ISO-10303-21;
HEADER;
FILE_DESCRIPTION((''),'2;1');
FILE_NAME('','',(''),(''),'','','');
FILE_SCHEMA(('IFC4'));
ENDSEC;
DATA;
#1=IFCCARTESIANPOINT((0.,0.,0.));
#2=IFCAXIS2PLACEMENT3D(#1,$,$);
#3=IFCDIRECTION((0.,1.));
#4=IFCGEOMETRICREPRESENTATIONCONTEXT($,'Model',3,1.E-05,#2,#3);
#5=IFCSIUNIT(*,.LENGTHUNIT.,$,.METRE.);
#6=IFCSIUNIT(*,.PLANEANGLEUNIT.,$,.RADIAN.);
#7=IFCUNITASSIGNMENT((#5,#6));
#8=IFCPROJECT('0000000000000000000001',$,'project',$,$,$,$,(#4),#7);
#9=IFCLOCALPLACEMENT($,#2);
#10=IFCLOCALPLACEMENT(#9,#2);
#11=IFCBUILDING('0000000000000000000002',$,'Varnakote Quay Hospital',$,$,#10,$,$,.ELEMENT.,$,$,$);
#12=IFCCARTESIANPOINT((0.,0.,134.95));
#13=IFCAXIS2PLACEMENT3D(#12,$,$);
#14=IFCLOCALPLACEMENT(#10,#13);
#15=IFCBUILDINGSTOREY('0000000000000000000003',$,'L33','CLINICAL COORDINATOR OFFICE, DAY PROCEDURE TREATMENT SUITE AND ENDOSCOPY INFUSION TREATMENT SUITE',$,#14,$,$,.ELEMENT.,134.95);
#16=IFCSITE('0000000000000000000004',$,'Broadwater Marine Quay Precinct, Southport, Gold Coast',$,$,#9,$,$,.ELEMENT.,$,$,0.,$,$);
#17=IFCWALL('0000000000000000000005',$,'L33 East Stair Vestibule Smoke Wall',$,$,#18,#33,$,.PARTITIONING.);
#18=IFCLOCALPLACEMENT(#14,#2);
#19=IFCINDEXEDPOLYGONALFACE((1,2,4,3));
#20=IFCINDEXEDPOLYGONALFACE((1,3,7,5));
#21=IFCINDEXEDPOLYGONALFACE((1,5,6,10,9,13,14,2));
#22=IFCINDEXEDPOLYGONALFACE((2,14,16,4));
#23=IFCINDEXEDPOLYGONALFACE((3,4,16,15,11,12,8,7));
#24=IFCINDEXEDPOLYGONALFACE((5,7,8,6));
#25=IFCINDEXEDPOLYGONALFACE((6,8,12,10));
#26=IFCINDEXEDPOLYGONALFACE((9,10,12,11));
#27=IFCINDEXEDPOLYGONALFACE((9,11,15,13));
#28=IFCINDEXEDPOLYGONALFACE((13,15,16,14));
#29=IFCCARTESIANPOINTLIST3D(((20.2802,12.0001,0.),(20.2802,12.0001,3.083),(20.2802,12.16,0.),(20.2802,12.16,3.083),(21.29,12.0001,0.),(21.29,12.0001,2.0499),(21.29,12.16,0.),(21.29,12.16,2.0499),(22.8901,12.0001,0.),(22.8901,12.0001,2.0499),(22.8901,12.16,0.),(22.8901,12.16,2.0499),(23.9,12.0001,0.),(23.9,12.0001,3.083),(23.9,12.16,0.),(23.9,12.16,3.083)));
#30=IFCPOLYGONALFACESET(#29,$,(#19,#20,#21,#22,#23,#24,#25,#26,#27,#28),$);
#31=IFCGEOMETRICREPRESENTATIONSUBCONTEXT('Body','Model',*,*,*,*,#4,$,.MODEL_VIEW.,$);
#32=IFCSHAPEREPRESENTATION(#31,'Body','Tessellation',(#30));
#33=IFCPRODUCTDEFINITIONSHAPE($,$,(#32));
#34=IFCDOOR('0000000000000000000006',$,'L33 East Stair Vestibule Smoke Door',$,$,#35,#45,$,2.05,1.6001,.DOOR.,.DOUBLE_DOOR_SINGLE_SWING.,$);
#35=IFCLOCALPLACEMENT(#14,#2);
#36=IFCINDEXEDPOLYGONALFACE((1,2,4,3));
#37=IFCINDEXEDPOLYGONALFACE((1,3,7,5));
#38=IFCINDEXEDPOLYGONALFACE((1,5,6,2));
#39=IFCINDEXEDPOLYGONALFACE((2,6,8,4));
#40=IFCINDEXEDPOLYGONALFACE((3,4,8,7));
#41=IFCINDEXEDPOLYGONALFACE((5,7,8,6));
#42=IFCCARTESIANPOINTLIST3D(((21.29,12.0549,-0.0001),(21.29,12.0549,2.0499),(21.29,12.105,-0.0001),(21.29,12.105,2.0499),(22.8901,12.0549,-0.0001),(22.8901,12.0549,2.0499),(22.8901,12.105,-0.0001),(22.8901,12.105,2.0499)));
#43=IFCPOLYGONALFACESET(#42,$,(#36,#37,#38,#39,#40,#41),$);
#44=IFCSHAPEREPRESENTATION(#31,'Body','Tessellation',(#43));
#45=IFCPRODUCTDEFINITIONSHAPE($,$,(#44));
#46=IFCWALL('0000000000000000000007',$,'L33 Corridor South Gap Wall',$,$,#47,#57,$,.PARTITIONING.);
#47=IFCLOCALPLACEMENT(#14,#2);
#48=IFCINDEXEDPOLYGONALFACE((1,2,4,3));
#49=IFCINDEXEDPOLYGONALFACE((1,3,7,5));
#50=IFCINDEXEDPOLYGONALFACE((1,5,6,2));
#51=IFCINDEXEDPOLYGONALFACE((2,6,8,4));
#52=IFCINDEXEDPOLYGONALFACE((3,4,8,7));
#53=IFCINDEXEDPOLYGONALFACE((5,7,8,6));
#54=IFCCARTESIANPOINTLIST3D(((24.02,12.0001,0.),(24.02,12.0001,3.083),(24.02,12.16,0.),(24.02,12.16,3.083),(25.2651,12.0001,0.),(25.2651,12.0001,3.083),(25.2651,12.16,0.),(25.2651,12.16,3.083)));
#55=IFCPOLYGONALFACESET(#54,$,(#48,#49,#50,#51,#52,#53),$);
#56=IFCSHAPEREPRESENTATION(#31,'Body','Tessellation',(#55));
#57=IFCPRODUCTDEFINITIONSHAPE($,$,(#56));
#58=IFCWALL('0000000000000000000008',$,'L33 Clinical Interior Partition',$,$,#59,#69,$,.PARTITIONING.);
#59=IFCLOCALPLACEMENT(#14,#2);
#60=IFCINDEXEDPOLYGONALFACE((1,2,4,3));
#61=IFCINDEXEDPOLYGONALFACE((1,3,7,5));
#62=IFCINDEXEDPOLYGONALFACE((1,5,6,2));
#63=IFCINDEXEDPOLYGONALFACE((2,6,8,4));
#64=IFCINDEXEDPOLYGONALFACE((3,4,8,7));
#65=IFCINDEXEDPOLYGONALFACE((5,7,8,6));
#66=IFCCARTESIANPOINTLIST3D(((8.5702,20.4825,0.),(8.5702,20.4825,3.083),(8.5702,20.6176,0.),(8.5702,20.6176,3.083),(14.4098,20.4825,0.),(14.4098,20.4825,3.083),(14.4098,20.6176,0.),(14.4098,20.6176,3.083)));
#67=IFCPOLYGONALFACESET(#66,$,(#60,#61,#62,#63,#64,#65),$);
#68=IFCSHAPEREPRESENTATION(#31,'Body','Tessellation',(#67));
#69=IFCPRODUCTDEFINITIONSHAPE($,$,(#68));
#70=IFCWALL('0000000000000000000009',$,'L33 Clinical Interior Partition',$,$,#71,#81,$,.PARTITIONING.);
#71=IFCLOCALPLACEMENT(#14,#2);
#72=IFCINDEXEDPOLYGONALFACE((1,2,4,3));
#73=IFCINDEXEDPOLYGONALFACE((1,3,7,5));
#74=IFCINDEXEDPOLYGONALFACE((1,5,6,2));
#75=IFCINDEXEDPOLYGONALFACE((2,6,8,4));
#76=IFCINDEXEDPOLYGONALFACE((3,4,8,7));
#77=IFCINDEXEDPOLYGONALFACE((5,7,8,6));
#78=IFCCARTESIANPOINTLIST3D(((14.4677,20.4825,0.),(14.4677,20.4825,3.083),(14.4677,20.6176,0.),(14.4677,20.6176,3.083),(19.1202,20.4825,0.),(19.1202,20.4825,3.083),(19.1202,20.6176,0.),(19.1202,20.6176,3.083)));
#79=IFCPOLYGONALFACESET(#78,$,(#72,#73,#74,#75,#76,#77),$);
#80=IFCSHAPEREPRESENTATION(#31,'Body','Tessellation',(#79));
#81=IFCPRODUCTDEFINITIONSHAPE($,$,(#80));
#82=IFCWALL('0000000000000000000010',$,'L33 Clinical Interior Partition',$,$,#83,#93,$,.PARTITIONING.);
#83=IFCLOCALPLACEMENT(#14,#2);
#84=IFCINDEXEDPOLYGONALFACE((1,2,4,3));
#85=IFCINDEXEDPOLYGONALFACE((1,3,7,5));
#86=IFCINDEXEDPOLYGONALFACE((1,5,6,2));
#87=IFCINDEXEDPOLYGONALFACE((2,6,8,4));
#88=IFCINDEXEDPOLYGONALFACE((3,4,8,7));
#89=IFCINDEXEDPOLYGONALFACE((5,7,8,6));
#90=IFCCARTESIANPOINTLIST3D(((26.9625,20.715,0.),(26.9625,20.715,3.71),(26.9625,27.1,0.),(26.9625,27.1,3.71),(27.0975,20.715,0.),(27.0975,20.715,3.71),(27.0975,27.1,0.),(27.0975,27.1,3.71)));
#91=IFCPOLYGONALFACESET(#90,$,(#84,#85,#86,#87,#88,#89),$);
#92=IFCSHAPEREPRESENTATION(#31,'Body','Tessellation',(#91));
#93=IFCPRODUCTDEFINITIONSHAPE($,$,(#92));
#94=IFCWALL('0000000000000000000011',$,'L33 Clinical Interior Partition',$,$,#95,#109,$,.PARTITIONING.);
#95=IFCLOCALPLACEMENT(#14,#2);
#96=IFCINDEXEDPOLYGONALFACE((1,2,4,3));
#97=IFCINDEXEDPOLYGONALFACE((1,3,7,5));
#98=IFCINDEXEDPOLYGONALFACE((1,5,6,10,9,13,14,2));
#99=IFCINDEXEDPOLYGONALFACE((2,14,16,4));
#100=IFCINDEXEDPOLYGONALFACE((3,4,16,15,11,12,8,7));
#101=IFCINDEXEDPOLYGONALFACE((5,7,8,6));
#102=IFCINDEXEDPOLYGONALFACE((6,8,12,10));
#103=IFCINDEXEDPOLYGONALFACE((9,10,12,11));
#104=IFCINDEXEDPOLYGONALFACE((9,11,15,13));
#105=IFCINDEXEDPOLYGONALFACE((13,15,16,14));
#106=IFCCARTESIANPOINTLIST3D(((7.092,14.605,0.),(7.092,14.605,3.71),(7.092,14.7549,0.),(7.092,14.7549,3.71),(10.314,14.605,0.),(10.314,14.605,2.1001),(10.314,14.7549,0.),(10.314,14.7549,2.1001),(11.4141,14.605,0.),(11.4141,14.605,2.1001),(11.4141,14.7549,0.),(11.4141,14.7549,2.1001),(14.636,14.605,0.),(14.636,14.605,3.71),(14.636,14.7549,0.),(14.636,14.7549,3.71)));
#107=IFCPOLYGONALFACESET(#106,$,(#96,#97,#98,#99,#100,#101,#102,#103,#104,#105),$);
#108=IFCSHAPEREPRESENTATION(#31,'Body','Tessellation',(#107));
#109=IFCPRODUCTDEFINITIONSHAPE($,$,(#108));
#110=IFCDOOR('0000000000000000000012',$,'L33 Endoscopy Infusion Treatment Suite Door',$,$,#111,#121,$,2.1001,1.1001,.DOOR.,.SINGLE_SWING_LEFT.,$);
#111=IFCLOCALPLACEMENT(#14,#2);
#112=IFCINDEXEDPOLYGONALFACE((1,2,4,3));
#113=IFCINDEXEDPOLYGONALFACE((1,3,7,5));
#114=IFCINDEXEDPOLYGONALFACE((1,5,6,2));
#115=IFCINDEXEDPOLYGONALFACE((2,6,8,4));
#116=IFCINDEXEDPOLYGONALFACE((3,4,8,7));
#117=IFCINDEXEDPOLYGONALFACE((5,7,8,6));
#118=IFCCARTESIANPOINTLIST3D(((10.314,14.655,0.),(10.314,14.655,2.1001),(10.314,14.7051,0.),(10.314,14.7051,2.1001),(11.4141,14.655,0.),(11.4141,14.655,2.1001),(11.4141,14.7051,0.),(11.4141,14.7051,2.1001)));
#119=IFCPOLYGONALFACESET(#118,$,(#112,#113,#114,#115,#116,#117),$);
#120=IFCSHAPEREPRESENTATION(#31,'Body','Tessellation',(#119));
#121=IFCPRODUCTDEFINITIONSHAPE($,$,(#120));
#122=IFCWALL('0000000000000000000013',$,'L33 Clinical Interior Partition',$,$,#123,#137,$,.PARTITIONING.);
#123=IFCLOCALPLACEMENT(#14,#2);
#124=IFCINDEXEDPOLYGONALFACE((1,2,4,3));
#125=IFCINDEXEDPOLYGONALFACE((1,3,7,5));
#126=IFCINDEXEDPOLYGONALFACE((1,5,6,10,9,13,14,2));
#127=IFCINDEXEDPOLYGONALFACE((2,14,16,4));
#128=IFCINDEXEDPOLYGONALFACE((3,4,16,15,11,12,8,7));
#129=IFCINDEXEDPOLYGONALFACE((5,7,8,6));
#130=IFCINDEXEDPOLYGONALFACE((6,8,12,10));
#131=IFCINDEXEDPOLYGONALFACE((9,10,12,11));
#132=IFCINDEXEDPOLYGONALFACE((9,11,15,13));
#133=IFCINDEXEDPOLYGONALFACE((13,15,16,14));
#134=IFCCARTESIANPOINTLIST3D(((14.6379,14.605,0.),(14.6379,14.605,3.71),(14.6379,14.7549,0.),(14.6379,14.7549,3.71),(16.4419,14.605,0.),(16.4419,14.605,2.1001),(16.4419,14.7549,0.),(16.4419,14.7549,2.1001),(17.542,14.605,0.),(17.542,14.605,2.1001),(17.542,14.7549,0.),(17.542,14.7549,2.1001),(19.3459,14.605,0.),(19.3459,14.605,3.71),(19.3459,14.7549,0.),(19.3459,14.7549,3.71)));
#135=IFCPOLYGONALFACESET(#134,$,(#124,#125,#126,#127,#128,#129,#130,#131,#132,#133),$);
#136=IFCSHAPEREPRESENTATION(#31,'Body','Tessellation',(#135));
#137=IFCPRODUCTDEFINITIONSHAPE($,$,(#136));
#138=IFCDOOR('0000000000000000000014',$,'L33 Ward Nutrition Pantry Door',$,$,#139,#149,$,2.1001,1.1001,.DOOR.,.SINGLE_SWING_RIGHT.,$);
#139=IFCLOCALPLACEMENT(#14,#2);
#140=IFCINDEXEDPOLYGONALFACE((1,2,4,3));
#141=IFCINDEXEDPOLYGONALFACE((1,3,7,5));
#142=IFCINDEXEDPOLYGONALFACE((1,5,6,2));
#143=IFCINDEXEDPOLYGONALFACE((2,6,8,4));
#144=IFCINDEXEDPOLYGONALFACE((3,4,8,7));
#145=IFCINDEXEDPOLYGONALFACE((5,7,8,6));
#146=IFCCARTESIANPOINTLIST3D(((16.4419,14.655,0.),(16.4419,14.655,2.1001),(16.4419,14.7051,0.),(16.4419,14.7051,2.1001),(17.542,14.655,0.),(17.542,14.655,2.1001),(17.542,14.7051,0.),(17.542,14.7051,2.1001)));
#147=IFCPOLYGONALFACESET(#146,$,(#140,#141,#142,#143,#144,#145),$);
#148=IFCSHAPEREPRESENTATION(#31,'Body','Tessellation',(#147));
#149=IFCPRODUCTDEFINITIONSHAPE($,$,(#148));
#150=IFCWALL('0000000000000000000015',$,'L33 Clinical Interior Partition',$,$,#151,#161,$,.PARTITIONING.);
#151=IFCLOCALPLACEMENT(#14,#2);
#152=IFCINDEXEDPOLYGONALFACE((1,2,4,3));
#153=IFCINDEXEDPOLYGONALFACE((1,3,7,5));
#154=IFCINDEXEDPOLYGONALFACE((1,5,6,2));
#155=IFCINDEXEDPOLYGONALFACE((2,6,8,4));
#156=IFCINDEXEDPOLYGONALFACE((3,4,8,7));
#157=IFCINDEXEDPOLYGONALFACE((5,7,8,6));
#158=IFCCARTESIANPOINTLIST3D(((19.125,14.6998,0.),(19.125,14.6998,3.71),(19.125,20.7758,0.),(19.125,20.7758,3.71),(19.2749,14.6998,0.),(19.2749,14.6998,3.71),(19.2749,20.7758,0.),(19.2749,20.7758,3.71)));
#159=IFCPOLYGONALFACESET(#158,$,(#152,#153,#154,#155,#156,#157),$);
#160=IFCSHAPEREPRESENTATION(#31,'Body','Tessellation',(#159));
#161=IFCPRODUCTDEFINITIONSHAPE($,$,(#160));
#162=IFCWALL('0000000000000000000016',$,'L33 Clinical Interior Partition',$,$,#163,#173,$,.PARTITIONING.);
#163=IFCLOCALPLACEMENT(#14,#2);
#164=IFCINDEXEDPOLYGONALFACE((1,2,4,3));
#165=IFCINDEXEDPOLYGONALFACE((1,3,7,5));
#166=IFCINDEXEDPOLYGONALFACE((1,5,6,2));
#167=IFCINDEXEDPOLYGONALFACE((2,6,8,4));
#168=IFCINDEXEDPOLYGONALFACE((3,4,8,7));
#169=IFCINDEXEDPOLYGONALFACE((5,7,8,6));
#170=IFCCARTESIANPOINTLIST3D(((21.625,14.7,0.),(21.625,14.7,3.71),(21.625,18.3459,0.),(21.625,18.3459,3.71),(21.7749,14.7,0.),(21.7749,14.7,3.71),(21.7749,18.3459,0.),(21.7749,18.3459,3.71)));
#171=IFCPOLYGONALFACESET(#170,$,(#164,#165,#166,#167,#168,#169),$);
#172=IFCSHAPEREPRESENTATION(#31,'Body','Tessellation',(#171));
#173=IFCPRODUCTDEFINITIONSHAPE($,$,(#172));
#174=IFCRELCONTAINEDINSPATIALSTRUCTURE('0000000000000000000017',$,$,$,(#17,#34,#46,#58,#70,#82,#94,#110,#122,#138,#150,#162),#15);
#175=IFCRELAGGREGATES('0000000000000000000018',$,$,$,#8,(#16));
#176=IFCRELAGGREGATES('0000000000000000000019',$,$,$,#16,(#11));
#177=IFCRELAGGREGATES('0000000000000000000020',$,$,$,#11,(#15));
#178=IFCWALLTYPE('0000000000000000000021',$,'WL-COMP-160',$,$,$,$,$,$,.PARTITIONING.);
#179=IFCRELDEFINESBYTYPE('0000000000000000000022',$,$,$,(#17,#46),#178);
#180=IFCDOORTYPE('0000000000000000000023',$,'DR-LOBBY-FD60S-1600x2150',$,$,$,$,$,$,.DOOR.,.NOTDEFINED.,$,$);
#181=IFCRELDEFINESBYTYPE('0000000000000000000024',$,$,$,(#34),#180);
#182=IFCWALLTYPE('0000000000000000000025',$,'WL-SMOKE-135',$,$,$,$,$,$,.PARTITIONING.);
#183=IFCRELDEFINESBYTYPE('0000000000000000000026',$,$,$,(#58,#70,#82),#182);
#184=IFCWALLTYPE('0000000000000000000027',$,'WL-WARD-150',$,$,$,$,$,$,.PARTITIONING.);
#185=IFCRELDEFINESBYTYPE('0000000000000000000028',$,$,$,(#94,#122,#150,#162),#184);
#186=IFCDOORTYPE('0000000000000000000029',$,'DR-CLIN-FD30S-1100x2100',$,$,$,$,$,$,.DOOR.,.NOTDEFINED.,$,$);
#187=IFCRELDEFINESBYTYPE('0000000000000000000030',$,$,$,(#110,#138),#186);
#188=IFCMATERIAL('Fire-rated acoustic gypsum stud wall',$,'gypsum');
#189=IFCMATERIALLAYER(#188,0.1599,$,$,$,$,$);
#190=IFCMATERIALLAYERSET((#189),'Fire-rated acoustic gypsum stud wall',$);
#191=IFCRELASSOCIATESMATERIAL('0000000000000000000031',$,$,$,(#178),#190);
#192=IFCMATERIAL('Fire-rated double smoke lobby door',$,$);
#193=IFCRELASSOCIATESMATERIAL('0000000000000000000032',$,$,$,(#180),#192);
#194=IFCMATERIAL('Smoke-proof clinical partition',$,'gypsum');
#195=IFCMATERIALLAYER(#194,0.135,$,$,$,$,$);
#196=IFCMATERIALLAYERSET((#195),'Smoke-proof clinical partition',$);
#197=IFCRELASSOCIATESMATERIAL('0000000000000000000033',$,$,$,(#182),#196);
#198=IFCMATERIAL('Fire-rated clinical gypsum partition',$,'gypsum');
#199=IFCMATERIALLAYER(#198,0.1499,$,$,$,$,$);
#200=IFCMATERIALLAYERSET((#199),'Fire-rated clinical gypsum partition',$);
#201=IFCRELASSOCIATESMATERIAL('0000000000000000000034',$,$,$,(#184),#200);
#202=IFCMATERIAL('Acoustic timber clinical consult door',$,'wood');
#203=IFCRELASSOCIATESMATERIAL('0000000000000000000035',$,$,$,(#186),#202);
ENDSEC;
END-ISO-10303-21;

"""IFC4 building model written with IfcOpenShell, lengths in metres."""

from ifc_helpers import new_model, si_unit, direction, frame, frame_2d, origin, place, context, subcontext, project, spatial, rectangle, extrude, material, layer, layer_set, type_object, element, fill, save


model = new_model("IFC4")

# Units and contexts
model_context = context("Model", 3, precision=1e-05, world=origin(), true_north=direction((0.0, 1.0)))
body_context = subcontext(model_context, "Body", "Model", "MODEL_VIEW")
ifc_project = project(units=[si_unit("LENGTHUNIT", "METRE"), si_unit("PLANEANGLEUNIT", "RADIAN")], contexts=[model_context])

# Site, building, storey
site_placement = place(None, origin())
site = spatial("IfcSite", under=ifc_project, at=site_placement, Name="Broadwater Marine Quay Precinct, Southport, Gold Coast", CompositionType="ELEMENT", RefElevation=0.0)
building_placement = place(site_placement, origin())
building = spatial("IfcBuilding", under=site, at=building_placement, Name="Varnakote Quay Hospital", CompositionType="ELEMENT")
storey_placement = place(building_placement, frame((0.0, 0.0, 134.95)))
storey = spatial("IfcBuildingStorey", under=building, at=storey_placement, Name="L33", Description="CLINICAL COORDINATOR OFFICE, DAY PROCEDURE TREATMENT SUITE AND ENDOSCOPY INFUSION TREATMENT SUITE", CompositionType="ELEMENT", Elevation=134.95)

# Wall, opening, door
ifc_material_1 = material(Name="Fire-rated acoustic gypsum stud wall", Category="gypsum")
ifc_layer_1 = layer(ifc_material_1, 0.1599)
ifc_layer_set_1 = layer_set([ifc_layer_1], Name="Fire-rated acoustic gypsum stud wall")
wall_type_1 = type_object("IfcWallType", Name="WL-COMP-160", PredefinedType="PARTITIONING", material=ifc_layer_set_1)
wall_1_placement = place(storey_placement, frame((20.28, 12.0801, 0.0), z_axis=(0.0, 0.0, 1.0), x_axis=(1.0, 0.0, 0.0)))
wall_1 = element("IfcWall", 1, at=wall_1_placement, inside=storey, type_object=wall_type_1, Name="L33 East Stair Vestibule Smoke Wall", PredefinedType="PARTITIONING", context=body_context, shape_type="SweptSolid", body=[
    extrude(rectangle(XDim=3.6199, YDim=0.1599, at=frame_2d((1.8101, 0.0))), origin(), (0.0, 0.0, 1.0), 3.083),
])
opening_1_placement = place(wall_1_placement, frame((1.01, 0.0, 0.0)))
opening_1 = element("IfcOpeningElement", 2, at=opening_1_placement, cuts=wall_1, PredefinedType="OPENING", context=body_context, shape_type="SweptSolid", body=[
    extrude(rectangle(XDim=1.6001, YDim=2.05, at=frame_2d((0.8, 1.0249))), frame((0.0, 0.0898, 0.0), z_axis=(0.0, -1.0, 0.0), x_axis=(1.0, 0.0, 0.0)), (0.0, 0.0, 1.0), 0.1799),
])
ifc_material_2 = material(Name="Fire-rated double smoke lobby door")
door_type_1 = type_object("IfcDoorType", Name="DR-LOBBY-FD60S-1600x2150", OperationType="NOTDEFINED", PredefinedType="DOOR", material=ifc_material_2)
door_1_placement = place(opening_1_placement, origin())
door_1 = element("IfcDoor", 3, at=door_1_placement, inside=storey, type_object=door_type_1, Name="L33 East Stair Vestibule Smoke Door", OperationType="DOUBLE_DOOR_SINGLE_SWING", OverallHeight=2.05, OverallWidth=1.6001, PredefinedType="DOOR", context=body_context, shape_type="SweptSolid", body=[
    extrude(rectangle(XDim=1.6001, YDim=2.05, at=frame_2d((0.8, 1.0249))), frame((0.0, 0.0249, 0.0), z_axis=(0.0, -1.0, 0.0), x_axis=(1.0, 0.0, 0.0)), (0.0, 0.0, 1.0), 0.05),
])
fill(opening_1, door_1)

# Walls
wall_2_placement = place(storey_placement, frame((24.02, 12.0801, 0.0), z_axis=(0.0, 0.0, 1.0), x_axis=(1.0, 0.0, 0.0)))
element("IfcWall", 4, at=wall_2_placement, inside=storey, type_object=wall_type_1, Name="L33 Corridor South Gap Wall", PredefinedType="PARTITIONING", context=body_context, shape_type="SweptSolid", body=[
    extrude(rectangle(XDim=1.2451, YDim=0.1599, at=frame_2d((0.6226, 0.0))), origin(), (0.0, 0.0, 1.0), 3.083),
])
ifc_material_3 = material(Name="Smoke-proof clinical partition", Category="gypsum")
ifc_layer_2 = layer(ifc_material_3, 0.135)
ifc_layer_set_2 = layer_set([ifc_layer_2], Name="Smoke-proof clinical partition")
wall_type_2 = type_object("IfcWallType", Name="WL-SMOKE-135", PredefinedType="PARTITIONING", material=ifc_layer_set_2)
wall_3_placement = place(storey_placement, frame((14.4099, 20.55, 0.0), z_axis=(0.0, 0.0, 1.0), x_axis=(-1.0, 0.0, 0.0)))
element("IfcWall", 5, at=wall_3_placement, inside=storey, type_object=wall_type_2, Name="L33 Clinical Interior Partition", PredefinedType="PARTITIONING", context=body_context, shape_type="SweptSolid", body=[
    extrude(rectangle(XDim=5.8396, YDim=0.135, at=frame_2d((2.9199, 0.0))), origin(), (0.0, 0.0, 1.0), 3.083),
])
wall_4_placement = place(storey_placement, frame((19.1201, 20.55, 0.0), z_axis=(0.0, 0.0, 1.0), x_axis=(-1.0, 0.0, 0.0)))
element("IfcWall", 6, at=wall_4_placement, inside=storey, type_object=wall_type_2, Name="L33 Clinical Interior Partition", PredefinedType="PARTITIONING", context=body_context, shape_type="SweptSolid", body=[
    extrude(rectangle(XDim=4.6526, YDim=0.135, at=frame_2d((2.3262, 0.0))), origin(), (0.0, 0.0, 1.0), 3.083),
])
wall_5_placement = place(storey_placement, frame((27.03, 20.7151, 0.0), z_axis=(0.0, 0.0, 1.0), x_axis=(0.0, 1.0, 0.0)))
element("IfcWall", 7, at=wall_5_placement, inside=storey, type_object=wall_type_2, Name="L33 Clinical Interior Partition", PredefinedType="PARTITIONING", context=body_context, shape_type="SweptSolid", body=[
    extrude(rectangle(XDim=6.385, YDim=0.135, at=frame_2d((3.1924, 0.0))), origin(), (0.0, 0.0, 1.0), 3.71),
])

# Walls, openings, doors
ifc_material_4 = material(Name="Fire-rated clinical gypsum partition", Category="gypsum")
ifc_layer_3 = layer(ifc_material_4, 0.1499)
ifc_layer_set_3 = layer_set([ifc_layer_3], Name="Fire-rated clinical gypsum partition")
wall_type_3 = type_object("IfcWallType", Name="WL-WARD-150", PredefinedType="PARTITIONING", material=ifc_layer_set_3)
wall_6_placement = place(storey_placement, frame((14.636, 14.6799, 0.0), z_axis=(0.0, 0.0, 1.0), x_axis=(-1.0, 0.0, 0.0)))
wall_6 = element("IfcWall", 8, at=wall_6_placement, inside=storey, type_object=wall_type_3, Name="L33 Clinical Interior Partition", PredefinedType="PARTITIONING", context=body_context, shape_type="SweptSolid", body=[
    extrude(rectangle(XDim=7.5439, YDim=0.1499, at=frame_2d((3.772, 0.0))), origin(), (0.0, 0.0, 1.0), 3.71),
])
opening_2_placement = place(wall_6_placement, frame((3.2219, 0.0, 0.0)))
opening_2 = element("IfcOpeningElement", 9, at=opening_2_placement, cuts=wall_6, PredefinedType="OPENING", context=body_context, shape_type="SweptSolid", body=[
    extrude(rectangle(XDim=1.1001, YDim=2.1001, at=frame_2d((0.55, 1.05))), frame((0.0, 0.085, 0.0), z_axis=(0.0, -1.0, 0.0), x_axis=(1.0, 0.0, 0.0)), (0.0, 0.0, 1.0), 0.1699),
])
ifc_material_5 = material(Name="Acoustic timber clinical consult door", Category="wood")
door_type_2 = type_object("IfcDoorType", Name="DR-CLIN-FD30S-1100x2100", OperationType="NOTDEFINED", PredefinedType="DOOR", material=ifc_material_5)
door_2_placement = place(opening_2_placement, origin())
door_2 = element("IfcDoor", 10, at=door_2_placement, inside=storey, type_object=door_type_2, Name="L33 Endoscopy Infusion Treatment Suite Door", OperationType="SINGLE_SWING_LEFT", OverallHeight=2.1001, OverallWidth=1.1001, PredefinedType="DOOR", context=body_context, shape_type="SweptSolid", body=[
    extrude(rectangle(XDim=1.1001, YDim=2.1001, at=frame_2d((0.55, 1.05))), frame((0.0, 0.0249, 0.0), z_axis=(0.0, -1.0, 0.0), x_axis=(1.0, 0.0, 0.0)), (0.0, 0.0, 1.0), 0.05),
])
fill(opening_2, door_2)
wall_7_placement = place(storey_placement, frame((19.3459, 14.6799, 0.0), z_axis=(0.0, 0.0, 1.0), x_axis=(-1.0, 0.0, 0.0)))
wall_7 = element("IfcWall", 11, at=wall_7_placement, inside=storey, type_object=wall_type_3, Name="L33 Clinical Interior Partition", PredefinedType="PARTITIONING", context=body_context, shape_type="SweptSolid", body=[
    extrude(rectangle(XDim=4.708, YDim=0.1499, at=frame_2d((2.354, 0.0))), origin(), (0.0, 0.0, 1.0), 3.71),
])
opening_3_placement = place(wall_7_placement, frame((1.804, 0.0, 0.0)))
opening_3 = element("IfcOpeningElement", 12, at=opening_3_placement, cuts=wall_7, PredefinedType="OPENING", context=body_context, shape_type="SweptSolid", body=[
    extrude(rectangle(XDim=1.1001, YDim=2.1001, at=frame_2d((0.55, 1.05))), frame((0.0, 0.085, 0.0), z_axis=(0.0, -1.0, 0.0), x_axis=(1.0, 0.0, 0.0)), (0.0, 0.0, 1.0), 0.1699),
])
door_3_placement = place(opening_3_placement, origin())
door_3 = element("IfcDoor", 13, at=door_3_placement, inside=storey, type_object=door_type_2, Name="L33 Ward Nutrition Pantry Door", OperationType="SINGLE_SWING_RIGHT", OverallHeight=2.1001, OverallWidth=1.1001, PredefinedType="DOOR", context=body_context, shape_type="SweptSolid", body=[
    extrude(rectangle(XDim=1.1001, YDim=2.1001, at=frame_2d((0.55, 1.05))), frame((0.0, 0.0249, 0.0), z_axis=(0.0, -1.0, 0.0), x_axis=(1.0, 0.0, 0.0)), (0.0, 0.0, 1.0), 0.05),
])
fill(opening_3, door_3)

# Walls
wall_8_placement = place(storey_placement, frame((19.2, 20.7759, 0.0), z_axis=(0.0, 0.0, 1.0), x_axis=(0.0, -1.0, 0.0)))
element("IfcWall", 14, at=wall_8_placement, inside=storey, type_object=wall_type_3, Name="L33 Clinical Interior Partition", PredefinedType="PARTITIONING", context=body_context, shape_type="SweptSolid", body=[
    extrude(rectangle(XDim=6.0759, YDim=0.1499, at=frame_2d((3.0381, 0.0))), origin(), (0.0, 0.0, 1.0), 3.71),
])
wall_9_placement = place(storey_placement, frame((21.7, 14.7, 0.0), z_axis=(0.0, 0.0, 1.0), x_axis=(0.0, 1.0, 0.0)))
element("IfcWall", 15, at=wall_9_placement, inside=storey, type_object=wall_type_3, Name="L33 Clinical Interior Partition", PredefinedType="PARTITIONING", context=body_context, shape_type="SweptSolid", body=[
    extrude(rectangle(XDim=3.646, YDim=0.1499, at=frame_2d((1.823, 0.0))), origin(), (0.0, 0.0, 1.0), 3.71),
])

save(model, "model.ifc")
